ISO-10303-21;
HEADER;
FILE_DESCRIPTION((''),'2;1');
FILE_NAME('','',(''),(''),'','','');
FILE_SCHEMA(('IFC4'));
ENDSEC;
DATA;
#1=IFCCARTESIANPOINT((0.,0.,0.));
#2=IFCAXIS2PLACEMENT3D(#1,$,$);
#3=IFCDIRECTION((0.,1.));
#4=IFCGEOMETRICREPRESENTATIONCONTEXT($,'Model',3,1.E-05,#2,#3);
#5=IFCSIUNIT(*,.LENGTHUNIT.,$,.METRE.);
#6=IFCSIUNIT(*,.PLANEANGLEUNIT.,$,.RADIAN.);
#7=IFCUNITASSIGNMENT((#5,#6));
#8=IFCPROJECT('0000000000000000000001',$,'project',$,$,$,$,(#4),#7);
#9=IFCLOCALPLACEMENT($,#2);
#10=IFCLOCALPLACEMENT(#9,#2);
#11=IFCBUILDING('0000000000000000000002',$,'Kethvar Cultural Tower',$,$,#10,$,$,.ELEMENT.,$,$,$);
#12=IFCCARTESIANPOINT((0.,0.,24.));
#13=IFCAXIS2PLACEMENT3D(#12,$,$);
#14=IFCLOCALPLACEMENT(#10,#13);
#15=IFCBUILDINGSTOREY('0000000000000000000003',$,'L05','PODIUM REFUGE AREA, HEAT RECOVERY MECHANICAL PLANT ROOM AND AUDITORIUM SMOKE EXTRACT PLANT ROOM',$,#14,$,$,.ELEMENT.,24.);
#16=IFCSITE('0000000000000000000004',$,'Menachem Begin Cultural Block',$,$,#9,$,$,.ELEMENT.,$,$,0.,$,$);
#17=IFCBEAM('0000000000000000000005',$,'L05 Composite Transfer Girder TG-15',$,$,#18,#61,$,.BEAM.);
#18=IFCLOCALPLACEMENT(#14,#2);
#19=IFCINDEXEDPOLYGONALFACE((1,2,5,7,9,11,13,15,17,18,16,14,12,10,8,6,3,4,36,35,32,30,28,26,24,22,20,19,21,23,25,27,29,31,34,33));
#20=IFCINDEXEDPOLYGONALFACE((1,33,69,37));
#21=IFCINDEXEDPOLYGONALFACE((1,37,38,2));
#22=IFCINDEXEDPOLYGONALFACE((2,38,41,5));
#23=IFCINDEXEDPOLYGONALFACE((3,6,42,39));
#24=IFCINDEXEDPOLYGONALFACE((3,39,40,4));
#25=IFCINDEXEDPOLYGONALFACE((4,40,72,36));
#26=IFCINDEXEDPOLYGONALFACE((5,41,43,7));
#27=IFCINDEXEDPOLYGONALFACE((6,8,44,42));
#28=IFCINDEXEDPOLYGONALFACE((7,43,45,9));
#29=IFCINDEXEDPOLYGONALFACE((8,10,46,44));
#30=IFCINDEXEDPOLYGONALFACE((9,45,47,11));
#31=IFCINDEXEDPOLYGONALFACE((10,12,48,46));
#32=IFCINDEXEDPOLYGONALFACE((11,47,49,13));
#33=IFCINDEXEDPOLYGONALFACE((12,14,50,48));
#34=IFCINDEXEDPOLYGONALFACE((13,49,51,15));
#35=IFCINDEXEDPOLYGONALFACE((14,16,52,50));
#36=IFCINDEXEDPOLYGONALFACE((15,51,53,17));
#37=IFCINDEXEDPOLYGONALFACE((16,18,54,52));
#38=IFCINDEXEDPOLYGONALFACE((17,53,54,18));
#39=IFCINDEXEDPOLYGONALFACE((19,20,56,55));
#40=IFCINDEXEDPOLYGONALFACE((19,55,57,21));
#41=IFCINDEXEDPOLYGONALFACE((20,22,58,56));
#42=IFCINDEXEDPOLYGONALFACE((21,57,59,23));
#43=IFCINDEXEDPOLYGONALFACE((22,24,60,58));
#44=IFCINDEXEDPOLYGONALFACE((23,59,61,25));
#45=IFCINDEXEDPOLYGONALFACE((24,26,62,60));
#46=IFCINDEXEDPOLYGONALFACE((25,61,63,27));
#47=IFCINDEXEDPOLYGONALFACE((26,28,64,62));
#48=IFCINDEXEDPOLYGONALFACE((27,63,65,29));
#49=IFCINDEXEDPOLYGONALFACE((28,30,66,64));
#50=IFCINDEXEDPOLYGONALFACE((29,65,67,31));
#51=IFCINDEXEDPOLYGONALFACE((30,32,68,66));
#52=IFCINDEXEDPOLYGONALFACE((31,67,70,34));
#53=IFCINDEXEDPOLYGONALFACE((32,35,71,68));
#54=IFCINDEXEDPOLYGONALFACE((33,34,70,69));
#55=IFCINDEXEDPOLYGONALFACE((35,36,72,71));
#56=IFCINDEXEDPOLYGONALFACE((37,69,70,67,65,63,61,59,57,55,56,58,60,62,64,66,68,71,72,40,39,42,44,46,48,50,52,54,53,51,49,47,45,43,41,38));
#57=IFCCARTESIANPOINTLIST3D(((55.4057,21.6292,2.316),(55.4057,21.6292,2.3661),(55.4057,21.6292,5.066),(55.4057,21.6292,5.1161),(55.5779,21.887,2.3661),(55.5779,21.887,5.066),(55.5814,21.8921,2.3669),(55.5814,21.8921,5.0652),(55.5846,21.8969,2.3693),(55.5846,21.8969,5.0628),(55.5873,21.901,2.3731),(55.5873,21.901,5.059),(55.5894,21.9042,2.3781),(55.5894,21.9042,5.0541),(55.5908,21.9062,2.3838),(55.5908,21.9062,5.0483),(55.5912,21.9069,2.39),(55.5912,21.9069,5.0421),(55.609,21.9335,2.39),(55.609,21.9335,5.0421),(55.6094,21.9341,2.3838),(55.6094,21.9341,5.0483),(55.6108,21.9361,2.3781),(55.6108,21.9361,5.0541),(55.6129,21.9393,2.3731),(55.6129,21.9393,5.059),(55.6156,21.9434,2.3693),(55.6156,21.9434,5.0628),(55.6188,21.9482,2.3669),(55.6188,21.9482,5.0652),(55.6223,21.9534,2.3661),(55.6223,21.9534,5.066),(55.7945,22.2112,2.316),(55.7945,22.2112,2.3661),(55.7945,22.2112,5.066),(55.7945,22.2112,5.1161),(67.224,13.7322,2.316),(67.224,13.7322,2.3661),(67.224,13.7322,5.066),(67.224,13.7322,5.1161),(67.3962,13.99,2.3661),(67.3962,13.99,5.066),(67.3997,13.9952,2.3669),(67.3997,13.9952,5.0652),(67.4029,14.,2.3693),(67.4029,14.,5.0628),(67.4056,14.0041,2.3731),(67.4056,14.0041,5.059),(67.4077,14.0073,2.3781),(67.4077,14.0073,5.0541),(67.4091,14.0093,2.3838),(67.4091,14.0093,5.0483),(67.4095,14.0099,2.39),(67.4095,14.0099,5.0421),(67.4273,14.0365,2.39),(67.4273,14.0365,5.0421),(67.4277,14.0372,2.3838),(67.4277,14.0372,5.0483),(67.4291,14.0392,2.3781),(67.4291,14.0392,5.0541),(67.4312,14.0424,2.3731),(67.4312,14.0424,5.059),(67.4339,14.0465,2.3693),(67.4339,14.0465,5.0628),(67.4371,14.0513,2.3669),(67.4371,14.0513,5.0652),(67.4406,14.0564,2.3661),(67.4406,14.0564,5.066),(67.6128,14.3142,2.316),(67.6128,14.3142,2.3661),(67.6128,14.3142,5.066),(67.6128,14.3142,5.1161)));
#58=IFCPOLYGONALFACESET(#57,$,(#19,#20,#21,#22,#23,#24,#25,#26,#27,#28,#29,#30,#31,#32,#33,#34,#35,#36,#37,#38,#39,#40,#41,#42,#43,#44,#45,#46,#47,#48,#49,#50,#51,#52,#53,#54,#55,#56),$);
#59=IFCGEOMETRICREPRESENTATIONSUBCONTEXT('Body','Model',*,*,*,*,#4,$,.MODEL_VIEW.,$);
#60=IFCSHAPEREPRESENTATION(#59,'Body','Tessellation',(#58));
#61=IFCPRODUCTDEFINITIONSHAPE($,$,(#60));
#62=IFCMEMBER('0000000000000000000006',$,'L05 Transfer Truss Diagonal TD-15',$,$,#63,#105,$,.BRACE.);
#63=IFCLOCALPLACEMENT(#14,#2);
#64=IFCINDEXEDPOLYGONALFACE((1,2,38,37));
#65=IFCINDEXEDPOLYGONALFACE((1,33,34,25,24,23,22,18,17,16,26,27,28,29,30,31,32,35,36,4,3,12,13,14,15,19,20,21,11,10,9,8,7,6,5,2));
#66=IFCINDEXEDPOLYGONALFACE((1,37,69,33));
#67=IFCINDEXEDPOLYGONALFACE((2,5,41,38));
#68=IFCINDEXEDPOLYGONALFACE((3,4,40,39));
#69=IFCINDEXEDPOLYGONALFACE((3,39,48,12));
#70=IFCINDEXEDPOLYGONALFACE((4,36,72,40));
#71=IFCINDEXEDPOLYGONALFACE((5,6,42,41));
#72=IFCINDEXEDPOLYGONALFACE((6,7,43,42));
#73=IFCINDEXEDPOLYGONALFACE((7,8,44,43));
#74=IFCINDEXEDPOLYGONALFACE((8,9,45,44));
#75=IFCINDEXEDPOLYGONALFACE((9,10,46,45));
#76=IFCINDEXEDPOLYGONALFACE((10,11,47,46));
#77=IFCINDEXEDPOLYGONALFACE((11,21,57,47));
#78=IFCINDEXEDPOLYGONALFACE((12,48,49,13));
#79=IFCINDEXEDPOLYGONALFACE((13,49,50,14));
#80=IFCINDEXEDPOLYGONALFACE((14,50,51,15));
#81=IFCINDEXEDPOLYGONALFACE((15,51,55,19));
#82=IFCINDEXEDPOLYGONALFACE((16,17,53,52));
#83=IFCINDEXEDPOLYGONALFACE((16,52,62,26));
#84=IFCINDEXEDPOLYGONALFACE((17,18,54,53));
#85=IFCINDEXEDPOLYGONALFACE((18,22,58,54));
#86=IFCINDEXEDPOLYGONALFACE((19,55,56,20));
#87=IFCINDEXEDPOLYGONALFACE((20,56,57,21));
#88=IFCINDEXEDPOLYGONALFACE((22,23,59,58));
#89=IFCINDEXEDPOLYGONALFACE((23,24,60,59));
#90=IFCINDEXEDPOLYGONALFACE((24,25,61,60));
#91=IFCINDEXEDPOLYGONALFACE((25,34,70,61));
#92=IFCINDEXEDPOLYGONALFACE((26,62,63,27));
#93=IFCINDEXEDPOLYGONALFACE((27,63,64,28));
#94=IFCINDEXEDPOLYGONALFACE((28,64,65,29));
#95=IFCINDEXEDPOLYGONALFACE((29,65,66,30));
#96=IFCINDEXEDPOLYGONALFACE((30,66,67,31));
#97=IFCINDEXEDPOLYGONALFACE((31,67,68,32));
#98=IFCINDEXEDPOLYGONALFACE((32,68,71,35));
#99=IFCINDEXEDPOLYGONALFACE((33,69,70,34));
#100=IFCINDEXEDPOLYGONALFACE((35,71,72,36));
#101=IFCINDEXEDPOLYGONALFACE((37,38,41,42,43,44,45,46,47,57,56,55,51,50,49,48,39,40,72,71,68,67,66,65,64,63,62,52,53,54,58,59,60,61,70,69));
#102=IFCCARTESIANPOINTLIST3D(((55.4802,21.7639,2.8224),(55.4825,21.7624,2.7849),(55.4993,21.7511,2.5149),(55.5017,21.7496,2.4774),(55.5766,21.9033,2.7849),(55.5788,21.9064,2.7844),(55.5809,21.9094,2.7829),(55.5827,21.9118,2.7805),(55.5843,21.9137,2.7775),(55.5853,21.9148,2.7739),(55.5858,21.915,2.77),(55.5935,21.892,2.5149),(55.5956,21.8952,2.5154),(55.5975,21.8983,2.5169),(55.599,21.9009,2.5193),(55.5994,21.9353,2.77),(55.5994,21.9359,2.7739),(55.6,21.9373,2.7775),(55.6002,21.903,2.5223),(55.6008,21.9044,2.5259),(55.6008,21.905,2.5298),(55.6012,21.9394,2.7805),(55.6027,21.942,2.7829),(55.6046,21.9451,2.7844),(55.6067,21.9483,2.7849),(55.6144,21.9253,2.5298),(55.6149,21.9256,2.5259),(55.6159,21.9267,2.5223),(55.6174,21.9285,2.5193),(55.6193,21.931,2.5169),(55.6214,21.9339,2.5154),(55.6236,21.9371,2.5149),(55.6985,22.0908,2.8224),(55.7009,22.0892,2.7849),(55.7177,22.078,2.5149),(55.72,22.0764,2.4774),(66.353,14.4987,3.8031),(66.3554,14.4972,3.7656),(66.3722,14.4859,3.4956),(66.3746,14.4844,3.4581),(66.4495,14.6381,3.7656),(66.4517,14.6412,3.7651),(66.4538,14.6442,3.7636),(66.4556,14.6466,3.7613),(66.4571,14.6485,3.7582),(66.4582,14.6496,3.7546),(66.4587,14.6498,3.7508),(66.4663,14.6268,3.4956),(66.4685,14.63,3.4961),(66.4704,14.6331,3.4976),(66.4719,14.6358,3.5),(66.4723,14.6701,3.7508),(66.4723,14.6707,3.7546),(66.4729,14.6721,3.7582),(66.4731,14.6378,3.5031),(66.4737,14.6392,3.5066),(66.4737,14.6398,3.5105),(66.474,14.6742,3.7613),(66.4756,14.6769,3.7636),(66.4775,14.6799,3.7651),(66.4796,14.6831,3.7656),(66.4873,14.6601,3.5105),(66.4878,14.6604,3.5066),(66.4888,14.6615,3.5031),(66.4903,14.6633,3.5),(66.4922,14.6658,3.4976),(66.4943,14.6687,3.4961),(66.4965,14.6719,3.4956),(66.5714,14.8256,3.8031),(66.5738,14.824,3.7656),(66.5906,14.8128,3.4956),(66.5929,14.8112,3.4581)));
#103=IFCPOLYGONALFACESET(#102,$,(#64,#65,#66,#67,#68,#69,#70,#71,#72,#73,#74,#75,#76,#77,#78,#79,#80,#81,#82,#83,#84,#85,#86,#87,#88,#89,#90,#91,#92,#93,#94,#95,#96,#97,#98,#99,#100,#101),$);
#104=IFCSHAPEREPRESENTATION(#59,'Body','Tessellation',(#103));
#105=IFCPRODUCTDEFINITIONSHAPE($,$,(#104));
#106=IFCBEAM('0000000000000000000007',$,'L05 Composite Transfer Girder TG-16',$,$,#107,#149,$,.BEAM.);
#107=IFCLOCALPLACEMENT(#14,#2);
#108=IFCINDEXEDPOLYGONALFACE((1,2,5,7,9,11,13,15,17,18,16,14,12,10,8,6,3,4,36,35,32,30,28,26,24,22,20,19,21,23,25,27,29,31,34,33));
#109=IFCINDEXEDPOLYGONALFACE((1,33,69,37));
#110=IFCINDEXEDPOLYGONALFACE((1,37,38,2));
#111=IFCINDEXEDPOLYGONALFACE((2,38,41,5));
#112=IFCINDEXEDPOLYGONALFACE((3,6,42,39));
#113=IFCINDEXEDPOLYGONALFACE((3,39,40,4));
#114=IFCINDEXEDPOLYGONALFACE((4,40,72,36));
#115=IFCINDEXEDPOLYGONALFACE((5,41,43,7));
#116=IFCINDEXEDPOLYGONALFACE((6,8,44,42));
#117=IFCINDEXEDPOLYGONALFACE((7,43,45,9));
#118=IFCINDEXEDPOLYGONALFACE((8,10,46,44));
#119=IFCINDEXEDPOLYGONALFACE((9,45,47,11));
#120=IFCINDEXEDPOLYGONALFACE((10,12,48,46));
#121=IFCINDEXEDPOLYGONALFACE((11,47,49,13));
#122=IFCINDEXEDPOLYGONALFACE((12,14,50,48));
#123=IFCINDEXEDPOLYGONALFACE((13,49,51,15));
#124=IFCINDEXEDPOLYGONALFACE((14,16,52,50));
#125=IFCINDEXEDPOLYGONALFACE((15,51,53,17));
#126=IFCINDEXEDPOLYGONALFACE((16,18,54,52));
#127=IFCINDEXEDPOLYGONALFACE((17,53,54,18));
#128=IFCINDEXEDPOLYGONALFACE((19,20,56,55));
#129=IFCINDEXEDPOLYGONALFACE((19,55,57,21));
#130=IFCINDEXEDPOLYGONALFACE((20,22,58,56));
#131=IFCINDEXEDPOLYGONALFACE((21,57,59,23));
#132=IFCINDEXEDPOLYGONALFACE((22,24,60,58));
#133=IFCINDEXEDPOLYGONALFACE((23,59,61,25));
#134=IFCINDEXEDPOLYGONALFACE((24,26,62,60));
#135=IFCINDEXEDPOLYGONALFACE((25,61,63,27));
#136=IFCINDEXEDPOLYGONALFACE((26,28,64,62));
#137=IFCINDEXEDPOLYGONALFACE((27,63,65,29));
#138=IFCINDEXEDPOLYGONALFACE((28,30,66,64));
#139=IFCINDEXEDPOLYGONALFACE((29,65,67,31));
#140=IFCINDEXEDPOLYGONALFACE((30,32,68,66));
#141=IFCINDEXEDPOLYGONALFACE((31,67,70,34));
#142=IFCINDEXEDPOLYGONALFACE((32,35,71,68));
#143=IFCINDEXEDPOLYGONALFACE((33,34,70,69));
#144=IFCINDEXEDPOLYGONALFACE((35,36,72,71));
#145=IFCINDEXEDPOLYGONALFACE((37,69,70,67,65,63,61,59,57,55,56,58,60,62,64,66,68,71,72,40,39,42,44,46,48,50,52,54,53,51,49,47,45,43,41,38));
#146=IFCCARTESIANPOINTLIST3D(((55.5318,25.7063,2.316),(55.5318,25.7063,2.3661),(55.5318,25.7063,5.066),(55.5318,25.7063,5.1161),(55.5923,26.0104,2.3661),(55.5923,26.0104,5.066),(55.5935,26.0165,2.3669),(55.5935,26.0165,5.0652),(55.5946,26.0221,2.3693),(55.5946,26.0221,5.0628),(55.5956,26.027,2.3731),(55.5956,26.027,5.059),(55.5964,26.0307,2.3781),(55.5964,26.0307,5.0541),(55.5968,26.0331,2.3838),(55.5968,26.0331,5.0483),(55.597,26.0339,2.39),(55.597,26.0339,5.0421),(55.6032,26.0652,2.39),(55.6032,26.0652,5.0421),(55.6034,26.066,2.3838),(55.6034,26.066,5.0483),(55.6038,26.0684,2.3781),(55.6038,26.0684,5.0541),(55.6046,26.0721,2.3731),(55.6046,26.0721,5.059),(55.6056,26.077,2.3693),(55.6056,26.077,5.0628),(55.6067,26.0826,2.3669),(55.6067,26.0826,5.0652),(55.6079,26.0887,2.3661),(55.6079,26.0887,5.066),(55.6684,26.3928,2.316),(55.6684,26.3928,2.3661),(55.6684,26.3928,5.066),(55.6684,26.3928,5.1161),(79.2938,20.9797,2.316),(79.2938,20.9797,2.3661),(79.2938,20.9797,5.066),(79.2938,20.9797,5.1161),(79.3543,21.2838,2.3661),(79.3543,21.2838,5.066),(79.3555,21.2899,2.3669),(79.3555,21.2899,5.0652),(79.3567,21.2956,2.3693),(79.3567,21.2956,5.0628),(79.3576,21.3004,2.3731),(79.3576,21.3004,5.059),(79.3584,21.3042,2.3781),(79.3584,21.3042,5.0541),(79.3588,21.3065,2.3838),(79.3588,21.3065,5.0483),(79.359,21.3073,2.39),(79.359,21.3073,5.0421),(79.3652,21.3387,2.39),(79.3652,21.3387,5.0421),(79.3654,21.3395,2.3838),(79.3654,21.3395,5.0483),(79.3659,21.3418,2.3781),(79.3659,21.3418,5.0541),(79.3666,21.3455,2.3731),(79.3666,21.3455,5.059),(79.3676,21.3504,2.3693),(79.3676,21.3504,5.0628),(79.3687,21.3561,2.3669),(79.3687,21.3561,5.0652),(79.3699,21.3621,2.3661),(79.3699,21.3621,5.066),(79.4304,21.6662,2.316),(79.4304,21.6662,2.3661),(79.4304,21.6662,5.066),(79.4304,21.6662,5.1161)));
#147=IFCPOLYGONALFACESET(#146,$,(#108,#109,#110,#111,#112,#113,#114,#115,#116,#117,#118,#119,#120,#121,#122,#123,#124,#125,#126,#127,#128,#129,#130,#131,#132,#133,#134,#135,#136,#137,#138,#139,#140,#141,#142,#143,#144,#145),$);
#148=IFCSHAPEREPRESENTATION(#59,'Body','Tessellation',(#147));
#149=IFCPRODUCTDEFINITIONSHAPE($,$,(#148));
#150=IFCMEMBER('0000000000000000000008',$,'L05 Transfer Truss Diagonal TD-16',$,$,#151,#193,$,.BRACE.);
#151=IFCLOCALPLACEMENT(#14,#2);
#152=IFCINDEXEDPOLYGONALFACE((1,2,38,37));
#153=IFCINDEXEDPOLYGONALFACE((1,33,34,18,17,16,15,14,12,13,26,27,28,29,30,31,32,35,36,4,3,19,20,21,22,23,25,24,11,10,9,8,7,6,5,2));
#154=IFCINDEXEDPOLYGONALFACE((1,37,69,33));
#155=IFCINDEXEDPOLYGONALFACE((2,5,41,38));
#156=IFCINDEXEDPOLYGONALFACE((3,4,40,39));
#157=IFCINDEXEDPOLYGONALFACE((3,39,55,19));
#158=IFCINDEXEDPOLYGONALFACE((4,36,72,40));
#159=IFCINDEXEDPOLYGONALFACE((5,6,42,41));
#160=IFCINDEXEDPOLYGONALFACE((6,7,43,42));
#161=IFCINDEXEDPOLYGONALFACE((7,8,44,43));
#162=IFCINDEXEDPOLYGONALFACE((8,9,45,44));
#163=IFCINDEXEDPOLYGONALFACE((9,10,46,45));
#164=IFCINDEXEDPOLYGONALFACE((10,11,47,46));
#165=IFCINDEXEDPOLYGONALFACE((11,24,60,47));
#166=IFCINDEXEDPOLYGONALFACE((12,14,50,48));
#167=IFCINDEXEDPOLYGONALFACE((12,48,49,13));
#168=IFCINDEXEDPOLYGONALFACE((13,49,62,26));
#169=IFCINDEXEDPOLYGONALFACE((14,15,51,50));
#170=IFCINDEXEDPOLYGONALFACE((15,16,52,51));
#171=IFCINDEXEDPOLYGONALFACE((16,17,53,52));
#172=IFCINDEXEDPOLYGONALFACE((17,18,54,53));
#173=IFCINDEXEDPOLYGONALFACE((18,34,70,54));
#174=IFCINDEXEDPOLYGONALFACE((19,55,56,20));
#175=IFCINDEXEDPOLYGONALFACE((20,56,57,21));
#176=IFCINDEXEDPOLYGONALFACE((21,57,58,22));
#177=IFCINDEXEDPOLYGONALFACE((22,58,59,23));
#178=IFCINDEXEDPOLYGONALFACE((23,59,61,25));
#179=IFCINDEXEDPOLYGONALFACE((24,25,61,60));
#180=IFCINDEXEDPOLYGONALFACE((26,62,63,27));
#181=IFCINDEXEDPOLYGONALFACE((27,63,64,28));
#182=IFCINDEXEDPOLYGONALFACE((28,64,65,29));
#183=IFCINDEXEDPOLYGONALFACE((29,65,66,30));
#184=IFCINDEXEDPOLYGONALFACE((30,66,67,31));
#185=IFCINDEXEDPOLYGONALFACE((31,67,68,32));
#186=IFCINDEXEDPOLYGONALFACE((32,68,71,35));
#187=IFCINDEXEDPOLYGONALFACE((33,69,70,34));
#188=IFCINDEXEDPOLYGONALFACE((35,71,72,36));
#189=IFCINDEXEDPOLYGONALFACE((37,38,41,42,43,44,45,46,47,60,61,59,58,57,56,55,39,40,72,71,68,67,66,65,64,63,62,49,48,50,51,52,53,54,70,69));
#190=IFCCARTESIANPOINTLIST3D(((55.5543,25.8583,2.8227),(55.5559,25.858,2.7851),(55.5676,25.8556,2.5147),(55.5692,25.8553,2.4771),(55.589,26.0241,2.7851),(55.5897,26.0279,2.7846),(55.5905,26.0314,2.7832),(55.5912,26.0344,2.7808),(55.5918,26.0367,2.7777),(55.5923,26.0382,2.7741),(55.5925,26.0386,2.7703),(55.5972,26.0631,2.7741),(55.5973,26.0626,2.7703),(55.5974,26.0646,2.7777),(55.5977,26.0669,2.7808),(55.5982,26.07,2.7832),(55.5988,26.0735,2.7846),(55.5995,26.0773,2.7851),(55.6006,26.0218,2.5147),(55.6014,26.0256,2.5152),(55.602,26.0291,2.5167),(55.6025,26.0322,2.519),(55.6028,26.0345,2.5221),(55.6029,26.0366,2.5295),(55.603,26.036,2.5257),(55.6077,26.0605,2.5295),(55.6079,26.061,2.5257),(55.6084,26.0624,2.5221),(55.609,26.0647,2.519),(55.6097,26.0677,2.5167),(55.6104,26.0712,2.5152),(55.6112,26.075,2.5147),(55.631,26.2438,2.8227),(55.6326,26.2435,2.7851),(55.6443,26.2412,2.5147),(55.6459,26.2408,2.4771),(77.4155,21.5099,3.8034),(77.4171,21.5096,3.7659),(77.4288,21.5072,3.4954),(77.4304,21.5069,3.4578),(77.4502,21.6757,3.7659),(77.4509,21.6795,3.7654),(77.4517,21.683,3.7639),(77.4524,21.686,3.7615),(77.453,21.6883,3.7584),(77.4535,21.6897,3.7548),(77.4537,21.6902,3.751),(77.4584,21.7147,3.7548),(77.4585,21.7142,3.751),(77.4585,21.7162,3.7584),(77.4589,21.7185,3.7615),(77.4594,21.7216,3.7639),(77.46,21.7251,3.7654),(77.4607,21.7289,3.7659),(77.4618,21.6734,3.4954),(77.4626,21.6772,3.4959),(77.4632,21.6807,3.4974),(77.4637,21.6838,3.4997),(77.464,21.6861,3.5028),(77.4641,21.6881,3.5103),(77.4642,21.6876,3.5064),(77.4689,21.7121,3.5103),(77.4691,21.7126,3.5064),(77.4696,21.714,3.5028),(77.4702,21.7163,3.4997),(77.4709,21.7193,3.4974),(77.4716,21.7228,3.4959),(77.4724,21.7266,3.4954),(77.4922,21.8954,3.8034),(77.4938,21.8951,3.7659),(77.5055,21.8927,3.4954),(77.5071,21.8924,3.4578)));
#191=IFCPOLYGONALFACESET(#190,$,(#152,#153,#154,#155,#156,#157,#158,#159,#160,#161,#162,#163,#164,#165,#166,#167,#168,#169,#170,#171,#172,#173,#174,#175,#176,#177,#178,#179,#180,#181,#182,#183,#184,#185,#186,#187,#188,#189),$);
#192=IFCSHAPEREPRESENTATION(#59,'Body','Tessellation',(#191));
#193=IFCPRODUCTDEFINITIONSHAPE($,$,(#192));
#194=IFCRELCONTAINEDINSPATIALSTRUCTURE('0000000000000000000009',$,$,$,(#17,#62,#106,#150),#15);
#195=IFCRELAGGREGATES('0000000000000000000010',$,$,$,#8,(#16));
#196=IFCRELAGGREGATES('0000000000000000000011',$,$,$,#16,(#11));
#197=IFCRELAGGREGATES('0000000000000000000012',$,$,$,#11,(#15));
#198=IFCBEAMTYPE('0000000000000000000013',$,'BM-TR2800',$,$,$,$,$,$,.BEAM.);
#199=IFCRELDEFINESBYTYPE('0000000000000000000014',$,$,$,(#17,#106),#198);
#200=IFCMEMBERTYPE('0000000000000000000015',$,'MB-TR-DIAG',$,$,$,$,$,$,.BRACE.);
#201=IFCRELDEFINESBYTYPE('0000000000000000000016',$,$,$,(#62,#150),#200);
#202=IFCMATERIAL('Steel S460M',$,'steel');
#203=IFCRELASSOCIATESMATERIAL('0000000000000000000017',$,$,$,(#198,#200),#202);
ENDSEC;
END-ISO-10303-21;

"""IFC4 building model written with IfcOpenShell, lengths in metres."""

from ifc_helpers import new_model, si_unit, direction, frame, origin, origin_2d, place, context, subcontext, project, spatial, i_section, extrude, source, transform, mapped, material, material_profile, profile_set, type_object, element, save


model = new_model("IFC4")

# Units and contexts
model_context = context("Model", 3, precision=1e-05, world=origin(), true_north=direction((0.0, 1.0)))
body_context = subcontext(model_context, "Body", "Model", "MODEL_VIEW")
ifc_project = project(units=[si_unit("LENGTHUNIT", "METRE"), si_unit("PLANEANGLEUNIT", "RADIAN")], contexts=[model_context])

# Site, building, storey
site_placement = place(None, origin())
site = spatial("IfcSite", under=ifc_project, at=site_placement, Name="Menachem Begin Cultural Block", CompositionType="ELEMENT", RefElevation=0.0)
building_placement = place(site_placement, origin())
building = spatial("IfcBuilding", under=site, at=building_placement, Name="Kethvar Cultural Tower", CompositionType="ELEMENT")
storey_placement = place(building_placement, frame((0.0, 0.0, 24.0)))
storey = spatial("IfcBuildingStorey", under=building, at=storey_placement, Name="L05", Description="PODIUM REFUGE AREA, HEAT RECOVERY MECHANICAL PLANT ROOM AND AUDITORIUM SMOKE EXTRACT PLANT ROOM", CompositionType="ELEMENT", Elevation=24.0)

# Beam
ifc_material_1 = material(Name="Steel S460M", Category="steel")
ifc_material_profile_1 = material_profile(ifc_material_1, i_section(OverallWidth=0.7, OverallDepth=2.8, WebThickness=0.032, FlangeThickness=0.05, FilletRadius=0.0239, at=origin_2d()), Name="Steel S460M — PG2800x700x50x32")
ifc_profile_set_1 = profile_set([ifc_material_profile_1], Name="Steel S460M — PG2800x700x50x32")
beam_type = type_object("IfcBeamType", Name="BM-TR2800", PredefinedType="BEAM", material=ifc_profile_set_1)
shared_shape_1 = source(origin(), body_context, "Body", "SweptSolid", [
    extrude(i_section(OverallWidth=0.7, OverallDepth=2.8, WebThickness=0.032, FlangeThickness=0.05, FilletRadius=0.0239, at=origin_2d()), origin(), (0.0, 0.0, 1.0), 14.2139),
])
beam_1_placement = place(storey_placement, frame((55.6001, 21.9202, 3.7161), z_axis=(0.831463, -0.55558, 0.0), x_axis=(0.55558, 0.831463, 0.0)))
element("IfcBeam", 1, at=beam_1_placement, inside=storey, type_object=beam_type, Name="L05 Composite Transfer Girder TG-15", PredefinedType="BEAM", context=body_context, shape_type="MappedRepresentation", body=[
    mapped(shared_shape_1, transform((0.0, 0.0, 0.0), scale=1.0)),
])

# Member
ifc_material_profile_2 = material_profile(ifc_material_1, i_section(OverallWidth=0.3931, OverallDepth=0.3459, WebThickness=0.0244, FlangeThickness=0.0376, FilletRadius=0.0149, at=origin_2d()), Name="Steel S460M — HD400x509")
ifc_profile_set_2 = profile_set([ifc_material_profile_2], Name="Steel S460M — HD400x509")
member_type = type_object("IfcMemberType", Name="MB-TR-DIAG", PredefinedType="BRACE", material=ifc_profile_set_2)
shared_shape_2 = source(origin(), body_context, "Body", "SweptSolid", [
    extrude(i_section(OverallWidth=0.3931, OverallDepth=0.3459, WebThickness=0.0244, FlangeThickness=0.0376, FilletRadius=0.0149, at=origin_2d()), origin(), (0.0, 0.0, 1.0), 13.1135),
])
member_1_placement = place(storey_placement, frame((55.6001, 21.9202, 2.6499), z_axis=(0.829135, -0.554023, 0.074787), x_axis=(0.555579, 0.831464, 0.0)))
element("IfcMember", 2, at=member_1_placement, inside=storey, type_object=member_type, Name="L05 Transfer Truss Diagonal TD-15", PredefinedType="BRACE", context=body_context, shape_type="MappedRepresentation", body=[
    mapped(shared_shape_2, transform((0.0, 0.0, 0.0), scale=1.0)),
])

# Beam
shared_shape_3 = source(origin(), body_context, "Body", "SweptSolid", [
    extrude(i_section(OverallWidth=0.7, OverallDepth=2.8, WebThickness=0.032, FlangeThickness=0.05, FilletRadius=0.0239, at=origin_2d()), origin(), (0.0, 0.0, 1.0), 24.2275),
])
beam_2_placement = place(storey_placement, frame((55.6001, 26.0496, 3.7161), z_axis=(0.980785, -0.195091, 0.0), x_axis=(0.195091, 0.980785, 0.0)))
element("IfcBeam", 3, at=beam_2_placement, inside=storey, type_object=beam_type, Name="L05 Composite Transfer Girder TG-16", PredefinedType="BEAM", context=body_context, shape_type="MappedRepresentation", body=[
    mapped(shared_shape_3, transform((0.0, 0.0, 0.0), scale=1.0)),
])

# Member
shared_shape_4 = source(origin(), body_context, "Body", "SweptSolid", [
    extrude(i_section(OverallWidth=0.3931, OverallDepth=0.3459, WebThickness=0.0244, FlangeThickness=0.0376, FilletRadius=0.0149, at=origin_2d()), origin(), (0.0, 0.0, 1.0), 22.311),
])
member_2_placement = place(storey_placement, frame((55.6001, 26.0496, 2.6499), z_axis=(0.979838, -0.1949, 0.043957), x_axis=(0.195088, 0.980786, 0.0)))
element("IfcMember", 4, at=member_2_placement, inside=storey, type_object=member_type, Name="L05 Transfer Truss Diagonal TD-16", PredefinedType="BRACE", context=body_context, shape_type="MappedRepresentation", body=[
    mapped(shared_shape_4, transform((0.0, 0.0, 0.0), scale=1.0)),
])

save(model, "model.ifc")
